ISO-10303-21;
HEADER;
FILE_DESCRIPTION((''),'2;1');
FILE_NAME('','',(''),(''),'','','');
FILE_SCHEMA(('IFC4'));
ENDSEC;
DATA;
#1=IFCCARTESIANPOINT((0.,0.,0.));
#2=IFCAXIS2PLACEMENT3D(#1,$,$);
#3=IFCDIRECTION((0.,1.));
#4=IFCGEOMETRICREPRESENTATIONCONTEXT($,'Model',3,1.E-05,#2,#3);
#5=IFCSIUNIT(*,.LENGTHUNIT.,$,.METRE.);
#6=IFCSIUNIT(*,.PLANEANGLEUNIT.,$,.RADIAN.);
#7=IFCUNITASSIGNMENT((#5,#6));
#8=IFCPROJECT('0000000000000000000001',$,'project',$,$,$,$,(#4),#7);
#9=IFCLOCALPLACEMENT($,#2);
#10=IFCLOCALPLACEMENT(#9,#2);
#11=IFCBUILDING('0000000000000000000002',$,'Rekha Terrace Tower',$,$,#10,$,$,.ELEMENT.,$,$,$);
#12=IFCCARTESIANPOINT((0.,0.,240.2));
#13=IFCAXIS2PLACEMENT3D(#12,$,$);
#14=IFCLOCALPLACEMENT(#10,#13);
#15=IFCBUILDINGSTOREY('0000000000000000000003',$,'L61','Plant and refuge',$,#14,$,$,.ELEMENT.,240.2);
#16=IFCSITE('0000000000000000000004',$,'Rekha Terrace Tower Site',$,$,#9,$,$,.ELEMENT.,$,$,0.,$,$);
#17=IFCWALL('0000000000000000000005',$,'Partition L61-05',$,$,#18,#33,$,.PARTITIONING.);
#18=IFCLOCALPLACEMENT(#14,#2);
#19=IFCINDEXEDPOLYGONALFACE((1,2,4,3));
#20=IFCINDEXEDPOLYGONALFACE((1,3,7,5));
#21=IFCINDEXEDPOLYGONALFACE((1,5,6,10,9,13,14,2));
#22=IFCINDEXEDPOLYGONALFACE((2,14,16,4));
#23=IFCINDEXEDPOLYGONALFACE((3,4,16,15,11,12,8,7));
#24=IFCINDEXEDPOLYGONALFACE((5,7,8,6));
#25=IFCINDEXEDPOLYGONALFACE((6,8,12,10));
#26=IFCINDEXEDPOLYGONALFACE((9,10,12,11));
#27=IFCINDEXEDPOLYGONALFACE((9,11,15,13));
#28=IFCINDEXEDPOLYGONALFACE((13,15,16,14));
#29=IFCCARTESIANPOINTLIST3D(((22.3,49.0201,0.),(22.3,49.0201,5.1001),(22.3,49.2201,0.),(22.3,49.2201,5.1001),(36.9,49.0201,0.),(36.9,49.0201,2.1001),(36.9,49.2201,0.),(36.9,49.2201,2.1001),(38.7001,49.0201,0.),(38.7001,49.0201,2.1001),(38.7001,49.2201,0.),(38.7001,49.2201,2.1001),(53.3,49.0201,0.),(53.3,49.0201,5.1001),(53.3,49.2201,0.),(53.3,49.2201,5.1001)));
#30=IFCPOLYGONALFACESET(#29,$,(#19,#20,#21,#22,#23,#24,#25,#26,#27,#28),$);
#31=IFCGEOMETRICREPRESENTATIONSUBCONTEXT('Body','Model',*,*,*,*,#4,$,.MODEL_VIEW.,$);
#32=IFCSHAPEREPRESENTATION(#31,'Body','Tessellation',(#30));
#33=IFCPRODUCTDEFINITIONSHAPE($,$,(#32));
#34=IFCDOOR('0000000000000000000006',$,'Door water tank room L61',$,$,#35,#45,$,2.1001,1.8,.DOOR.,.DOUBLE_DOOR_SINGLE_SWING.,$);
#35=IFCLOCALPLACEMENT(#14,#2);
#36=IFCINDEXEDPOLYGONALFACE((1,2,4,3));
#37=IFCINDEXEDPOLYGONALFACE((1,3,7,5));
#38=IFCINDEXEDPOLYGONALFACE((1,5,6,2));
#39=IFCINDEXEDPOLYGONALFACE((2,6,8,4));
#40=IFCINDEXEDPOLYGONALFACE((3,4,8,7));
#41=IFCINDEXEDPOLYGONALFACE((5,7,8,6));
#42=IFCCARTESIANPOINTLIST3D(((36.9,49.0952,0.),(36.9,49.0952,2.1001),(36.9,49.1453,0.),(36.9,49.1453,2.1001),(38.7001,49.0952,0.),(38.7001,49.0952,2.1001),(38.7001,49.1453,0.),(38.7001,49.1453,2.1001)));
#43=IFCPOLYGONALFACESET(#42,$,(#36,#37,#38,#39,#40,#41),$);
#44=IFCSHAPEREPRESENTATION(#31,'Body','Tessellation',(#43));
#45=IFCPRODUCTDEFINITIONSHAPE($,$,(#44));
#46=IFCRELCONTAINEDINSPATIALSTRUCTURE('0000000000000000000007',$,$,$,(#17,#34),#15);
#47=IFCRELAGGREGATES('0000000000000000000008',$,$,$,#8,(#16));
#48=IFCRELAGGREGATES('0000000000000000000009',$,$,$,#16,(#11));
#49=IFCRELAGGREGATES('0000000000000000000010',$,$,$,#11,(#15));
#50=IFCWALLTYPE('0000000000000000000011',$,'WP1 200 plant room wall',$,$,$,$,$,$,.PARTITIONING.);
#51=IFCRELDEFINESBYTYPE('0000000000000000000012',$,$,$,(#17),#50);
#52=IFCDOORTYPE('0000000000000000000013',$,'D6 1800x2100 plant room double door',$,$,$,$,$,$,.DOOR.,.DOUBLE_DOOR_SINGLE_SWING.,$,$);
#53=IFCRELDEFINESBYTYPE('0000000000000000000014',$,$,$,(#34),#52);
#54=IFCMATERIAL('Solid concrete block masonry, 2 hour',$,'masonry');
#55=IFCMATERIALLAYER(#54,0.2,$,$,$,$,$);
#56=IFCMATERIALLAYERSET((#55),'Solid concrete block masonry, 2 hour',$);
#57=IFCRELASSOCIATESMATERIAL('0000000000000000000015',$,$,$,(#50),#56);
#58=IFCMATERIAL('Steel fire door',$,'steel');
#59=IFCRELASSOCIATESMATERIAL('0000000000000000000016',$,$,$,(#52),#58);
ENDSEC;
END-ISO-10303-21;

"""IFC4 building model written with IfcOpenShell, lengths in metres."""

from ifc_helpers import new_model, si_unit, direction, frame, frame_2d, origin, place, context, subcontext, project, spatial, rectangle, extrude, material, layer, layer_set, type_object, element, fill, save


model = new_model("IFC4")

# Units and contexts
model_context = context("Model", 3, precision=1e-05, world=origin(), true_north=direction((0.0, 1.0)))
body_context = subcontext(model_context, "Body", "Model", "MODEL_VIEW")
ifc_project = project(units=[si_unit("LENGTHUNIT", "METRE"), si_unit("PLANEANGLEUNIT", "RADIAN")], contexts=[model_context])

# Site, building, storey
site_placement = place(None, origin())
site = spatial("IfcSite", under=ifc_project, at=site_placement, Name="Rekha Terrace Tower Site", CompositionType="ELEMENT", RefElevation=0.0)
building_placement = place(site_placement, origin())
building = spatial("IfcBuilding", under=site, at=building_placement, Name="Rekha Terrace Tower", CompositionType="ELEMENT")
storey_placement = place(building_placement, frame((0.0, 0.0, 240.2)))
storey = spatial("IfcBuildingStorey", under=building, at=storey_placement, Name="L61", Description="Plant and refuge", CompositionType="ELEMENT", Elevation=240.2)

# Shared definitions
ifc_material_1 = material(Name="Solid concrete block masonry, 2 hour", Category="masonry")
ifc_layer_1 = layer(ifc_material_1, 0.2)
ifc_layer_set_1 = layer_set([ifc_layer_1], Name="Solid concrete block masonry, 2 hour")
wall_type_1 = type_object("IfcWallType", Name="WP1 200 plant room wall", PredefinedType="PARTITIONING", material=ifc_layer_set_1)

# Wall, opening, door
wall_1_placement = place(storey_placement, frame((53.3, 49.1201, 0.0), z_axis=(0.0, 0.0, 1.0), x_axis=(-1.0, 0.0, 0.0)))
wall_1 = element("IfcWall", 1, at=wall_1_placement, inside=storey, type_object=wall_type_1, Name="Partition L61-05", PredefinedType="PARTITIONING", context=body_context, shape_type="SweptSolid", body=[
    extrude(rectangle(XDim=31.0, YDim=0.2, at=frame_2d((15.5, 0.0))), origin(), (0.0, 0.0, 1.0), 5.1001),
])
opening_1_placement = place(wall_1_placement, frame((14.6001, 0.0, 0.0)))
opening_1 = element("IfcOpeningElement", 2, at=opening_1_placement, cuts=wall_1, PredefinedType="OPENING", context=body_context, shape_type="SweptSolid", body=[
    extrude(rectangle(XDim=1.8, YDim=2.1001, at=frame_2d((0.8999, 1.05))), frame((0.0, 0.1099, 0.0), z_axis=(0.0, -1.0, 0.0), x_axis=(1.0, 0.0, 0.0)), (0.0, 0.0, 1.0), 0.22),
])
ifc_material_2 = material(Name="Steel fire door", Category="steel")
door_type_1 = type_object("IfcDoorType", Name="D6 1800x2100 plant room double door", OperationType="DOUBLE_DOOR_SINGLE_SWING", PredefinedType="DOOR", material=ifc_material_2)
door_1_placement = place(opening_1_placement, origin())
door_1 = element("IfcDoor", 3, at=door_1_placement, inside=storey, type_object=door_type_1, Name="Door water tank room L61", OperationType="DOUBLE_DOOR_SINGLE_SWING", OverallHeight=2.1001, OverallWidth=1.8, PredefinedType="DOOR", context=body_context, shape_type="SweptSolid", body=[
    extrude(rectangle(XDim=1.8, YDim=2.1001, at=frame_2d((0.8999, 1.05))), frame((0.0, 0.0249, 0.0), z_axis=(0.0, -1.0, 0.0), x_axis=(1.0, 0.0, 0.0)), (0.0, 0.0, 1.0), 0.05),
])
fill(opening_1, door_1)

save(model, "model.ifc")
